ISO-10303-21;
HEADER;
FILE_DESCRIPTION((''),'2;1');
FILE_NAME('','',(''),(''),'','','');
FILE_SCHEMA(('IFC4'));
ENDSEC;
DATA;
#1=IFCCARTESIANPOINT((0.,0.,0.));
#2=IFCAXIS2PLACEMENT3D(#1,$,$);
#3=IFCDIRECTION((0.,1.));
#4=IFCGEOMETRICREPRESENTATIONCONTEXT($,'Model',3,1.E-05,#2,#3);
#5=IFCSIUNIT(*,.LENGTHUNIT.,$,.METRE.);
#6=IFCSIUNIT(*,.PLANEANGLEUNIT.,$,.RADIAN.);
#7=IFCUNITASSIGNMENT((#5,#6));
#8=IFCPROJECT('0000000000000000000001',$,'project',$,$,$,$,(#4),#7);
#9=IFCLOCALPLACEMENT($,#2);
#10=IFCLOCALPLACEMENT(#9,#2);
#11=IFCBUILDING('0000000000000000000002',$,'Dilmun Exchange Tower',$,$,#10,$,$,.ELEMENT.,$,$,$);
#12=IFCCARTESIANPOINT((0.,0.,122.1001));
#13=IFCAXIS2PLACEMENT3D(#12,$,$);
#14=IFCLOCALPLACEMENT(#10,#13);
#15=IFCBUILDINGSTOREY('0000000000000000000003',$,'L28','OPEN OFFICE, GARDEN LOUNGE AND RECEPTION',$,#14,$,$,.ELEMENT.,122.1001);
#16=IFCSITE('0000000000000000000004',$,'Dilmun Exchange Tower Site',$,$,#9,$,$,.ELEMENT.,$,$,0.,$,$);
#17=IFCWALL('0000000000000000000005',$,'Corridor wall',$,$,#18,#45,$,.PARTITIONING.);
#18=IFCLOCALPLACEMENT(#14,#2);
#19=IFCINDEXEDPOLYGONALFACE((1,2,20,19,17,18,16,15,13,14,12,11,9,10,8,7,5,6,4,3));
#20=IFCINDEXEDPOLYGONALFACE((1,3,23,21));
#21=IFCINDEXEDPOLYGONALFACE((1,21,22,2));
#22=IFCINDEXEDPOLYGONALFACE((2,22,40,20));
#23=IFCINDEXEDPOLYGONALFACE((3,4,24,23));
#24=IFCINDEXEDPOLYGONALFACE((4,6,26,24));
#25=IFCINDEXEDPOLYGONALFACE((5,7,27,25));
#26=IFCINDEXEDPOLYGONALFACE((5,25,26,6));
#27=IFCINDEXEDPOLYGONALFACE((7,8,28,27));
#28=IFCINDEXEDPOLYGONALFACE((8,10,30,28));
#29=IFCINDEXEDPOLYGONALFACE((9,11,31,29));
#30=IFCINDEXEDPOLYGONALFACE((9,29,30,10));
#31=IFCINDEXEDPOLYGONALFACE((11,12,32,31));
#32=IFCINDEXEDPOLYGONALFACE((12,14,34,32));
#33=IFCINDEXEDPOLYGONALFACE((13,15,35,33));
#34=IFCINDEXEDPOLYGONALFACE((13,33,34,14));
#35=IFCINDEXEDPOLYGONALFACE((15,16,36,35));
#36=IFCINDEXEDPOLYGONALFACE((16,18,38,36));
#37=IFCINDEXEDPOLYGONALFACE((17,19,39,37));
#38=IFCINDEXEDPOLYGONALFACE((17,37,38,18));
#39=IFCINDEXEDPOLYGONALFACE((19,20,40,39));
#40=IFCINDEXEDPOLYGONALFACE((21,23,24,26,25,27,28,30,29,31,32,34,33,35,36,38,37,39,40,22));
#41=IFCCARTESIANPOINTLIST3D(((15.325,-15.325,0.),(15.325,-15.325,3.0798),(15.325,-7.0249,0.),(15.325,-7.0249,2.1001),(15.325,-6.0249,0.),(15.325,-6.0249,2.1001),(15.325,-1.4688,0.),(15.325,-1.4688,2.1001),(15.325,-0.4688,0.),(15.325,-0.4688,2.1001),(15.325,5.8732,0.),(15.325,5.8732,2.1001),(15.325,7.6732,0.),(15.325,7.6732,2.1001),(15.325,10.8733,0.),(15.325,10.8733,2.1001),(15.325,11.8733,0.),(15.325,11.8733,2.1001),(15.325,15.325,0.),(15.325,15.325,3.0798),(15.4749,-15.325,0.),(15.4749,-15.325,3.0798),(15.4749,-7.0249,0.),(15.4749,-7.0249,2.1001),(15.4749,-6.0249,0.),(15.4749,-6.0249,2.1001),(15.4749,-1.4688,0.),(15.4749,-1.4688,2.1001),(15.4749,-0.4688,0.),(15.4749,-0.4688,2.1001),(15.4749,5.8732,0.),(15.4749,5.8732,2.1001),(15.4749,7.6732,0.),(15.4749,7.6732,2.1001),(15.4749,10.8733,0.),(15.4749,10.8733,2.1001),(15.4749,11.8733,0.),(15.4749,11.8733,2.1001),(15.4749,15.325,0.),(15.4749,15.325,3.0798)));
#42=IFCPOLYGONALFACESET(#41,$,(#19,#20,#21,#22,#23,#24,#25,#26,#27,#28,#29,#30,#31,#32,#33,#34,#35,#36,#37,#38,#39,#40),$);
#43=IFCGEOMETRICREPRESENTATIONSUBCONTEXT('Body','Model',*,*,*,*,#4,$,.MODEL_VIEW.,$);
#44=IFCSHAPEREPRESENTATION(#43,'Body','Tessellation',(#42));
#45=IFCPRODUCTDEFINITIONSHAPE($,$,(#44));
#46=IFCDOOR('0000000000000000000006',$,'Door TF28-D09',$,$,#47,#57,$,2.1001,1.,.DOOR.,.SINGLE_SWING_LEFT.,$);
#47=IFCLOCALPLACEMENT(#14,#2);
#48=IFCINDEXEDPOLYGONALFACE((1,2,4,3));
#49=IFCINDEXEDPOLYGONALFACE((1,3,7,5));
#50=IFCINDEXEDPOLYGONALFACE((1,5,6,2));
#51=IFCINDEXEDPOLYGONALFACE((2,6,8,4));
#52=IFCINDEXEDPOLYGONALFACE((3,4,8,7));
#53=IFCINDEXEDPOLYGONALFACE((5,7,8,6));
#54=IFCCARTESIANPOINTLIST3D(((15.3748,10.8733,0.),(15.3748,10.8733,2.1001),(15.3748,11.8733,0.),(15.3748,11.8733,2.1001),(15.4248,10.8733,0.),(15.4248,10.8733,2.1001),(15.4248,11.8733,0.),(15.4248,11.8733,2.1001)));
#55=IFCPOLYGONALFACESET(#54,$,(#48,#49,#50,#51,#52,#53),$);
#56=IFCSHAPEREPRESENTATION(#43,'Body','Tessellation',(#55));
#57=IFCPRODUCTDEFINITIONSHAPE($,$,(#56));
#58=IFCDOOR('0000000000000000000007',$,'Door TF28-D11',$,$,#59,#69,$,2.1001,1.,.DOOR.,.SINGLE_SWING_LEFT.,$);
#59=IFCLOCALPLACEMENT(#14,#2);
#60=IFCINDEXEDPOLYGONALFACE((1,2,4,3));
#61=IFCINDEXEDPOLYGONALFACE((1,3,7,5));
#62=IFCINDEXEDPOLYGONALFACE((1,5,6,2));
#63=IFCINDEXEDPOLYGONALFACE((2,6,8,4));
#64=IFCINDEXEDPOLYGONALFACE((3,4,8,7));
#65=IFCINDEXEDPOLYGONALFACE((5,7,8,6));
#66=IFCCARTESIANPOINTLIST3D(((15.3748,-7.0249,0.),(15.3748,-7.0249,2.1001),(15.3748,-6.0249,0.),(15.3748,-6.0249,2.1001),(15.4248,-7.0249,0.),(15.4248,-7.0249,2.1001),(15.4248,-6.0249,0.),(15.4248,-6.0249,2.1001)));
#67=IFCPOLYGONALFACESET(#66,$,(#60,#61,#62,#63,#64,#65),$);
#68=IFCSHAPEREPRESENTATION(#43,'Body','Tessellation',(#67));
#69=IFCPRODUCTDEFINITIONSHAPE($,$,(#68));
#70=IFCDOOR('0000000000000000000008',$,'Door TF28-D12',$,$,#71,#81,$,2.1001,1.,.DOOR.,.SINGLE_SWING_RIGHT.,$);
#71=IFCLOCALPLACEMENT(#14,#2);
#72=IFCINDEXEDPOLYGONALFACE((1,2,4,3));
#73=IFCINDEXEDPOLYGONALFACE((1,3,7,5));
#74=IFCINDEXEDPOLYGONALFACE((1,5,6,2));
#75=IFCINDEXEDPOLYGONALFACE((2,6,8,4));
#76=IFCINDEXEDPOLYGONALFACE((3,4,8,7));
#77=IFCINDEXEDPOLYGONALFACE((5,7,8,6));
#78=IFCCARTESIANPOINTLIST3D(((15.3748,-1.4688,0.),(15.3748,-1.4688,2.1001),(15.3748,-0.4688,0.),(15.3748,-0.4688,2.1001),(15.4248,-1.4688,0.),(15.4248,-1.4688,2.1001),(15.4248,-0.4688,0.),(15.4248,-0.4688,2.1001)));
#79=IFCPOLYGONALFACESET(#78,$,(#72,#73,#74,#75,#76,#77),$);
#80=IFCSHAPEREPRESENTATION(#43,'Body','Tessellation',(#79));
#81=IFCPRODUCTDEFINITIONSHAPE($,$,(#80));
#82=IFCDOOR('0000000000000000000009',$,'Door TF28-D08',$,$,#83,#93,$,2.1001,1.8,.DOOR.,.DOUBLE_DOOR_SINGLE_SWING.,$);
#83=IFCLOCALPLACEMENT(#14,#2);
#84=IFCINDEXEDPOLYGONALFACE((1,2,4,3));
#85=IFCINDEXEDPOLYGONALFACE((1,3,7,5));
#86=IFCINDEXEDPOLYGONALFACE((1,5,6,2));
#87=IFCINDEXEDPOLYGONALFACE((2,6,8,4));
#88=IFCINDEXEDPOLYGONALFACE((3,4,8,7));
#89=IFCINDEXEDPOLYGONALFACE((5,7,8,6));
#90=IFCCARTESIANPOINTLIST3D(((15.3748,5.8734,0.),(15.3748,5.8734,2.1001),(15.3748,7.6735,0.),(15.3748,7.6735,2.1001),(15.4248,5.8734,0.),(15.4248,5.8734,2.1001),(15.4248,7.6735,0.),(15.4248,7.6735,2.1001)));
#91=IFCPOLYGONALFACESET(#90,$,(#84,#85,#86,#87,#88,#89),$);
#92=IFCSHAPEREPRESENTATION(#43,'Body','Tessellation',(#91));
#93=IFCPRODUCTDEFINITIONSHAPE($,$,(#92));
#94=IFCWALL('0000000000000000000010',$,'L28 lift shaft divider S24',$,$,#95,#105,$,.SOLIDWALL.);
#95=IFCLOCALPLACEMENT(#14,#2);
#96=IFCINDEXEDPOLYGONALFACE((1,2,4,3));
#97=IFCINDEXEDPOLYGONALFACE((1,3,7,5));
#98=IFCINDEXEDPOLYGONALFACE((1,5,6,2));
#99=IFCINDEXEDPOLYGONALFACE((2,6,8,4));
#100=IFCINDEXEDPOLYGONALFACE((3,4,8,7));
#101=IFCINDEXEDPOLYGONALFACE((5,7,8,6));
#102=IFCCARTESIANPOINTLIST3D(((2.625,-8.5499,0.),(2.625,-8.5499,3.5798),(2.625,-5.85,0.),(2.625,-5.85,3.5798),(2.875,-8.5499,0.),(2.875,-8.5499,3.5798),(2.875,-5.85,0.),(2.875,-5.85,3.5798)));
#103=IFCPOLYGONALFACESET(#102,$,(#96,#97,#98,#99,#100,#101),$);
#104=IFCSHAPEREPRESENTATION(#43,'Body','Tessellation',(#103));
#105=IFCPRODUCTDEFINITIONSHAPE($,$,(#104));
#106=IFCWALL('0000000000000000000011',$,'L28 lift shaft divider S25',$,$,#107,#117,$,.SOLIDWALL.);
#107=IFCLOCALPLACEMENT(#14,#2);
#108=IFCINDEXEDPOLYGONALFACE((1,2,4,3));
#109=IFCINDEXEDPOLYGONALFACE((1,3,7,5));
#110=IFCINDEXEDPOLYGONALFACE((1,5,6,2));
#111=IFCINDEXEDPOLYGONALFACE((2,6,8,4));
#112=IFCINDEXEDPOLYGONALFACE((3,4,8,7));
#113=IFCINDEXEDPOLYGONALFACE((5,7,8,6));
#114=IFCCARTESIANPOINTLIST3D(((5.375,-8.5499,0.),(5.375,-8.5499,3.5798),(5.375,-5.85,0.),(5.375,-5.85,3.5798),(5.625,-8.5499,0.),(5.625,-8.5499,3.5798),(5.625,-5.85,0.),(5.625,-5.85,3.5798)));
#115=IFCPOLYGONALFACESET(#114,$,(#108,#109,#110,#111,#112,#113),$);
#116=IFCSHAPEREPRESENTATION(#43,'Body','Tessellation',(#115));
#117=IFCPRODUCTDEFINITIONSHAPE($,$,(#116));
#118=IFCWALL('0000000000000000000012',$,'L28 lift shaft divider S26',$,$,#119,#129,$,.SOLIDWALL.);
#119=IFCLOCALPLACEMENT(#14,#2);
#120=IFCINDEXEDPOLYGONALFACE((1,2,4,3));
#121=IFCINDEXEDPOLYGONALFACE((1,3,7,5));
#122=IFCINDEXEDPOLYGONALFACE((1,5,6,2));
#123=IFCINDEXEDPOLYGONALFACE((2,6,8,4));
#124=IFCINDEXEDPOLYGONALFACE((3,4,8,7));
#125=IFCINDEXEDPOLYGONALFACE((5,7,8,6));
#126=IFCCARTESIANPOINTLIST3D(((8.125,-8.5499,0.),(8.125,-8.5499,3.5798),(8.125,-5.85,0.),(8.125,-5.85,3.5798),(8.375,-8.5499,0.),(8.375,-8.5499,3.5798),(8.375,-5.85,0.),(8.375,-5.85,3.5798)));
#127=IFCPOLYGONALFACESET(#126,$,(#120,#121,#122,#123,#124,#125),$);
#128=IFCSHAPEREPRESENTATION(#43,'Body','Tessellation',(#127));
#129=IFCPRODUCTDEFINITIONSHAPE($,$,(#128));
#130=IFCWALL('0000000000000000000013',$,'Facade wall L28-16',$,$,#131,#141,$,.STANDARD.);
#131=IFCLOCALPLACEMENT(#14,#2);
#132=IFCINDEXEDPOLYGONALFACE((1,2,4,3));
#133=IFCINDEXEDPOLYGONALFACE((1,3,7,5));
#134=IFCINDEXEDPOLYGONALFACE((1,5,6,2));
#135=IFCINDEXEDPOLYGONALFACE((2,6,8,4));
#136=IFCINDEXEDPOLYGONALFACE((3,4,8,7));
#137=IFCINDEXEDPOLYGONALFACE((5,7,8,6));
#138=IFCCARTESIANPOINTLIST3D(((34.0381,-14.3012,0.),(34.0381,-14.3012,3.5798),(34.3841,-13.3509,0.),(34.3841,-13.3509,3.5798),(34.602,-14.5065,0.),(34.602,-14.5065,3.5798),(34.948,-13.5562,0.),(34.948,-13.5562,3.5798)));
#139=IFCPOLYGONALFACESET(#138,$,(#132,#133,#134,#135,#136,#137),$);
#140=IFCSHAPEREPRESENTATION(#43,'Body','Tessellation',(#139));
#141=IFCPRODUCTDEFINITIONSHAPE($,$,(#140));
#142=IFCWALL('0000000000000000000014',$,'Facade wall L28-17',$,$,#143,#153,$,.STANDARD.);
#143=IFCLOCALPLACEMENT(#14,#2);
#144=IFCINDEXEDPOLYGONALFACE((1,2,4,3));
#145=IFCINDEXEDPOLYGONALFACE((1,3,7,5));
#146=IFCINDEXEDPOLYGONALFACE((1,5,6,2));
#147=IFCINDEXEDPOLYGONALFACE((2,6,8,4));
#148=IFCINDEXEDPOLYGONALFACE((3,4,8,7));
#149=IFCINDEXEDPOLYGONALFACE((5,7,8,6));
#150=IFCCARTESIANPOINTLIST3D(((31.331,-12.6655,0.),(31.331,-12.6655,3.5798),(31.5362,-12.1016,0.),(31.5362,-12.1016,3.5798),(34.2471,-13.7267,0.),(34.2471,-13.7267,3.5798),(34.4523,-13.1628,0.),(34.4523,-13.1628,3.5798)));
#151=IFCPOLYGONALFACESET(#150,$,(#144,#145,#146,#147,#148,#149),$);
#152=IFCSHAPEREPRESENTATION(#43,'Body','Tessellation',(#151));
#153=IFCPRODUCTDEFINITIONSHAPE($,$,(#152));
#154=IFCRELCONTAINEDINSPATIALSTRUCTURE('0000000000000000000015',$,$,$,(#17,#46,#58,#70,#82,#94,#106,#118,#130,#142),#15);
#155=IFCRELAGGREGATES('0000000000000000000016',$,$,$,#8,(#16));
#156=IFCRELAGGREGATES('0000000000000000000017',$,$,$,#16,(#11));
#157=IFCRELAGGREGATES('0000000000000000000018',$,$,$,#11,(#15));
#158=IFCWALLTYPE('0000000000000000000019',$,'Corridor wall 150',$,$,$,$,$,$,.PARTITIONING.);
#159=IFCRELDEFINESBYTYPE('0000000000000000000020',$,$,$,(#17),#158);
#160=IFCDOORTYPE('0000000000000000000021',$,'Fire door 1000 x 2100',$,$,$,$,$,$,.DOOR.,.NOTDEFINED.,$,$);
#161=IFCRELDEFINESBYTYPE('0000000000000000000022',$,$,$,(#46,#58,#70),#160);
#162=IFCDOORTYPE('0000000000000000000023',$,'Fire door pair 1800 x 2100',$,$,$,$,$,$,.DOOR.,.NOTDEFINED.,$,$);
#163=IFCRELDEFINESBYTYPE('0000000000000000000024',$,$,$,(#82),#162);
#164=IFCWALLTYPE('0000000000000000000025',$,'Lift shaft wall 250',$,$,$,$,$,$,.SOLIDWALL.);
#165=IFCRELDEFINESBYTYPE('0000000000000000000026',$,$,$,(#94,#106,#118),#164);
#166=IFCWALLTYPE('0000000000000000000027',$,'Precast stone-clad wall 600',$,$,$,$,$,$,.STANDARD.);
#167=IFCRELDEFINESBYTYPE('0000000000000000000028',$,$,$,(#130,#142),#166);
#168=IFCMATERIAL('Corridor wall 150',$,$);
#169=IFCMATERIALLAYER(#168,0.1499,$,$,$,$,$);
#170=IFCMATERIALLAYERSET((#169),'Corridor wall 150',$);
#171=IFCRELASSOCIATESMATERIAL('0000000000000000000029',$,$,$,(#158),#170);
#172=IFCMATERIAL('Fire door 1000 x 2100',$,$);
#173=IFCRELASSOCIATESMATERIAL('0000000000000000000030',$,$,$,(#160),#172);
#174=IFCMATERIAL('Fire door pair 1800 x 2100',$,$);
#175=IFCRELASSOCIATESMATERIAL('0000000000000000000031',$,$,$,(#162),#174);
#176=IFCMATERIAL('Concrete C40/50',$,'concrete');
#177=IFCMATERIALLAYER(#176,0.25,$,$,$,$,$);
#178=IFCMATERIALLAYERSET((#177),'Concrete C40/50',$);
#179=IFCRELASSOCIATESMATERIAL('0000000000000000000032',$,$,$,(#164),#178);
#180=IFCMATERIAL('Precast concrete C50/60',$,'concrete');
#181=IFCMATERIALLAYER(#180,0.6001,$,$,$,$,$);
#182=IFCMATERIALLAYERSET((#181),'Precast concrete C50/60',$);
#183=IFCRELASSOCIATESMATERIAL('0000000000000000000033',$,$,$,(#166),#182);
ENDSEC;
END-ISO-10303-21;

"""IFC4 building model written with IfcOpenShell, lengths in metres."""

from ifc_helpers import new_model, si_unit, direction, frame, frame_2d, origin, place, context, subcontext, project, spatial, rectangle, extrude, material, layer, layer_set, type_object, element, fill, save


model = new_model("IFC4")

# Units and contexts
model_context = context("Model", 3, precision=1e-05, world=origin(), true_north=direction((0.0, 1.0)))
body_context = subcontext(model_context, "Body", "Model", "MODEL_VIEW")
ifc_project = project(units=[si_unit("LENGTHUNIT", "METRE"), si_unit("PLANEANGLEUNIT", "RADIAN")], contexts=[model_context])

# Site, building, storey
site_placement = place(None, origin())
site = spatial("IfcSite", under=ifc_project, at=site_placement, Name="Dilmun Exchange Tower Site", CompositionType="ELEMENT", RefElevation=0.0)
building_placement = place(site_placement, origin())
building = spatial("IfcBuilding", under=site, at=building_placement, Name="Dilmun Exchange Tower", CompositionType="ELEMENT")
storey_placement = place(building_placement, frame((0.0, 0.0, 122.1001)))
storey = spatial("IfcBuildingStorey", under=building, at=storey_placement, Name="L28", Description="OPEN OFFICE, GARDEN LOUNGE AND RECEPTION", CompositionType="ELEMENT", Elevation=122.1001)

# Shared definitions
ifc_material_1 = material(Name="Concrete C40/50", Category="concrete")

# Wall, openings, doors
ifc_material_2 = material(Name="Corridor wall 150")
ifc_layer_1 = layer(ifc_material_2, 0.1499)
ifc_layer_set_1 = layer_set([ifc_layer_1], Name="Corridor wall 150")
wall_type_1 = type_object("IfcWallType", Name="Corridor wall 150", PredefinedType="PARTITIONING", material=ifc_layer_set_1)
wall_1_placement = place(storey_placement, frame((15.3999, -15.325, 0.0), z_axis=(0.0, 0.0, 1.0), x_axis=(0.0, 1.0, 0.0)))
wall_1 = element("IfcWall", 1, at=wall_1_placement, inside=storey, type_object=wall_type_1, Name="Corridor wall", PredefinedType="PARTITIONING", context=body_context, shape_type="SweptSolid", body=[
    extrude(rectangle(XDim=30.6499, YDim=0.1499, at=frame_2d((15.325, 0.0))), origin(), (0.0, 0.0, 1.0), 3.0798),
])
opening_1_placement = place(wall_1_placement, frame((21.1982, 0.0, 0.0)))
opening_1 = element("IfcOpeningElement", 2, at=opening_1_placement, cuts=wall_1, PredefinedType="OPENING", context=body_context, shape_type="SweptSolid", body=[
    extrude(rectangle(XDim=1.8, YDim=2.1001, at=frame_2d((0.8999, 1.05))), frame((0.0, 0.085, 0.0), z_axis=(0.0, -1.0, 0.0), x_axis=(1.0, 0.0, 0.0)), (0.0, 0.0, 1.0), 0.1699),
])
opening_2_placement = place(wall_1_placement, frame((26.1982, 0.0, 0.0)))
opening_2 = element("IfcOpeningElement", 3, at=opening_2_placement, cuts=wall_1, PredefinedType="OPENING", context=body_context, shape_type="SweptSolid", body=[
    extrude(rectangle(XDim=1.0, YDim=2.1001, at=frame_2d((0.5, 1.05))), frame((0.0, 0.085, 0.0), z_axis=(0.0, -1.0, 0.0), x_axis=(1.0, 0.0, 0.0)), (0.0, 0.0, 1.0), 0.1699),
])
opening_3_placement = place(wall_1_placement, frame((8.3, 0.0, 0.0)))
opening_3 = element("IfcOpeningElement", 4, at=opening_3_placement, cuts=wall_1, PredefinedType="OPENING", context=body_context, shape_type="SweptSolid", body=[
    extrude(rectangle(XDim=1.0, YDim=2.1001, at=frame_2d((0.5, 1.05))), frame((0.0, 0.085, 0.0), z_axis=(0.0, -1.0, 0.0), x_axis=(1.0, 0.0, 0.0)), (0.0, 0.0, 1.0), 0.1699),
])
opening_4_placement = place(wall_1_placement, frame((13.8562, 0.0, 0.0)))
opening_4 = element("IfcOpeningElement", 5, at=opening_4_placement, cuts=wall_1, PredefinedType="OPENING", context=body_context, shape_type="SweptSolid", body=[
    extrude(rectangle(XDim=1.0, YDim=2.1001, at=frame_2d((0.5, 1.05))), frame((0.0, 0.085, 0.0), z_axis=(0.0, -1.0, 0.0), x_axis=(1.0, 0.0, 0.0)), (0.0, 0.0, 1.0), 0.1699),
])
ifc_material_3 = material(Name="Fire door 1000 x 2100")
door_type_1 = type_object("IfcDoorType", Name="Fire door 1000 x 2100", OperationType="NOTDEFINED", PredefinedType="DOOR", material=ifc_material_3)
door_1_placement = place(opening_2_placement, frame((1.0, 0.0, 0.0), z_axis=(0.0, 0.0, 1.0), x_axis=(-1.0, 0.0, 0.0)))
door_1 = element("IfcDoor", 6, at=door_1_placement, inside=storey, type_object=door_type_1, Name="Door TF28-D09", OperationType="SINGLE_SWING_LEFT", OverallHeight=2.1001, OverallWidth=1.0, PredefinedType="DOOR", context=body_context, shape_type="SweptSolid", body=[
    extrude(rectangle(XDim=1.0, YDim=2.1001, at=frame_2d((0.5, 1.05))), frame((0.0, 0.0249, 0.0), z_axis=(0.0, -1.0, 0.0), x_axis=(1.0, 0.0, 0.0)), (0.0, 0.0, 1.0), 0.05),
])
fill(opening_2, door_1)
door_2_placement = place(opening_3_placement, frame((1.0, 0.0, 0.0), z_axis=(0.0, 0.0, 1.0), x_axis=(-1.0, 0.0, 0.0)))
door_2 = element("IfcDoor", 7, at=door_2_placement, inside=storey, type_object=door_type_1, Name="Door TF28-D11", OperationType="SINGLE_SWING_LEFT", OverallHeight=2.1001, OverallWidth=1.0, PredefinedType="DOOR", context=body_context, shape_type="SweptSolid", body=[
    extrude(rectangle(XDim=1.0, YDim=2.1001, at=frame_2d((0.5, 1.05))), frame((0.0, 0.0249, 0.0), z_axis=(0.0, -1.0, 0.0), x_axis=(1.0, 0.0, 0.0)), (0.0, 0.0, 1.0), 0.05),
])
fill(opening_3, door_2)
door_3_placement = place(opening_4_placement, frame((1.0, 0.0, 0.0), z_axis=(0.0, 0.0, 1.0), x_axis=(-1.0, 0.0, 0.0)))
door_3 = element("IfcDoor", 8, at=door_3_placement, inside=storey, type_object=door_type_1, Name="Door TF28-D12", OperationType="SINGLE_SWING_RIGHT", OverallHeight=2.1001, OverallWidth=1.0, PredefinedType="DOOR", context=body_context, shape_type="SweptSolid", body=[
    extrude(rectangle(XDim=1.0, YDim=2.1001, at=frame_2d((0.5, 1.05))), frame((0.0, 0.0249, 0.0), z_axis=(0.0, -1.0, 0.0), x_axis=(1.0, 0.0, 0.0)), (0.0, 0.0, 1.0), 0.05),
])
fill(opening_4, door_3)
ifc_material_4 = material(Name="Fire door pair 1800 x 2100")
door_type_2 = type_object("IfcDoorType", Name="Fire door pair 1800 x 2100", OperationType="NOTDEFINED", PredefinedType="DOOR", material=ifc_material_4)
door_4_placement = place(opening_1_placement, frame((1.8, 0.0, 0.0), z_axis=(0.0, 0.0, 1.0), x_axis=(-1.0, 0.0, 0.0)))
door_4 = element("IfcDoor", 9, at=door_4_placement, inside=storey, type_object=door_type_2, Name="Door TF28-D08", OperationType="DOUBLE_DOOR_SINGLE_SWING", OverallHeight=2.1001, OverallWidth=1.8, PredefinedType="DOOR", context=body_context, shape_type="SweptSolid", body=[
    extrude(rectangle(XDim=1.8, YDim=2.1001, at=frame_2d((0.8999, 1.05))), frame((0.0, 0.0249, 0.0), z_axis=(0.0, -1.0, 0.0), x_axis=(1.0, 0.0, 0.0)), (0.0, 0.0, 1.0), 0.05),
])
fill(opening_1, door_4)

# Walls
ifc_layer_2 = layer(ifc_material_1, 0.25)
ifc_layer_set_2 = layer_set([ifc_layer_2], Name="Concrete C40/50")
wall_type_2 = type_object("IfcWallType", Name="Lift shaft wall 250", PredefinedType="SOLIDWALL", material=ifc_layer_set_2)
for number, where, z_axis, x_axis, name in (
    (10, (2.75, -8.55, 0.0), (0.0, 0.0, 1.0), (0.0, 1.0, 0.0), "L28 lift shaft divider S24"),
    (11, (5.5, -8.55, 0.0), (0.0, 0.0, 1.0), (0.0, 1.0, 0.0), "L28 lift shaft divider S25"),
    (12, (8.25, -8.55, 0.0), (0.0, 0.0, 1.0), (0.0, 1.0, 0.0), "L28 lift shaft divider S26"),
):
    element("IfcWall", number, at=place(storey_placement, frame(where, z_axis=z_axis, x_axis=x_axis)), inside=storey, type_object=wall_type_2, Name=name, PredefinedType="SOLIDWALL", context=body_context, shape_type="SweptSolid", body=[
        extrude(rectangle(XDim=2.7, YDim=0.25, at=frame_2d((1.3501, 0.0))), origin(), (0.0, 0.0, 1.0), 3.5798),
    ])
ifc_material_5 = material(Name="Precast concrete C50/60", Category="concrete")
ifc_layer_3 = layer(ifc_material_5, 0.6001)
ifc_layer_set_3 = layer_set([ifc_layer_3], Name="Precast concrete C50/60")
wall_type_3 = type_object("IfcWallType", Name="Precast stone-clad wall 600", PredefinedType="STANDARD", material=ifc_layer_set_3)
wall_2_placement = place(storey_placement, frame((34.3201, -14.4038, 0.0), z_axis=(0.0, 0.0, 1.0), x_axis=(0.342111, 0.939659, 0.0)))
element("IfcWall", 13, at=wall_2_placement, inside=storey, type_object=wall_type_3, Name="Facade wall L28-16", PredefinedType="STANDARD", context=body_context, shape_type="SweptSolid", body=[
    extrude(rectangle(XDim=1.0112, YDim=0.6001, at=frame_2d((0.5056, 0.0))), origin(), (0.0, 0.0, 1.0), 3.5798),
])
wall_3_placement = place(storey_placement, frame((34.3499, -13.4448, 0.0), z_axis=(0.0, 0.0, 1.0), x_axis=(-0.939708, 0.341977, 0.0)))
element("IfcWall", 14, at=wall_3_placement, inside=storey, type_object=wall_type_3, Name="Facade wall L28-17", PredefinedType="STANDARD", context=body_context, shape_type="SweptSolid", body=[
    extrude(rectangle(XDim=3.1033, YDim=0.6001, at=frame_2d((1.5518, 0.0))), origin(), (0.0, 0.0, 1.0), 3.5798),
])

save(model, "model.ifc")
